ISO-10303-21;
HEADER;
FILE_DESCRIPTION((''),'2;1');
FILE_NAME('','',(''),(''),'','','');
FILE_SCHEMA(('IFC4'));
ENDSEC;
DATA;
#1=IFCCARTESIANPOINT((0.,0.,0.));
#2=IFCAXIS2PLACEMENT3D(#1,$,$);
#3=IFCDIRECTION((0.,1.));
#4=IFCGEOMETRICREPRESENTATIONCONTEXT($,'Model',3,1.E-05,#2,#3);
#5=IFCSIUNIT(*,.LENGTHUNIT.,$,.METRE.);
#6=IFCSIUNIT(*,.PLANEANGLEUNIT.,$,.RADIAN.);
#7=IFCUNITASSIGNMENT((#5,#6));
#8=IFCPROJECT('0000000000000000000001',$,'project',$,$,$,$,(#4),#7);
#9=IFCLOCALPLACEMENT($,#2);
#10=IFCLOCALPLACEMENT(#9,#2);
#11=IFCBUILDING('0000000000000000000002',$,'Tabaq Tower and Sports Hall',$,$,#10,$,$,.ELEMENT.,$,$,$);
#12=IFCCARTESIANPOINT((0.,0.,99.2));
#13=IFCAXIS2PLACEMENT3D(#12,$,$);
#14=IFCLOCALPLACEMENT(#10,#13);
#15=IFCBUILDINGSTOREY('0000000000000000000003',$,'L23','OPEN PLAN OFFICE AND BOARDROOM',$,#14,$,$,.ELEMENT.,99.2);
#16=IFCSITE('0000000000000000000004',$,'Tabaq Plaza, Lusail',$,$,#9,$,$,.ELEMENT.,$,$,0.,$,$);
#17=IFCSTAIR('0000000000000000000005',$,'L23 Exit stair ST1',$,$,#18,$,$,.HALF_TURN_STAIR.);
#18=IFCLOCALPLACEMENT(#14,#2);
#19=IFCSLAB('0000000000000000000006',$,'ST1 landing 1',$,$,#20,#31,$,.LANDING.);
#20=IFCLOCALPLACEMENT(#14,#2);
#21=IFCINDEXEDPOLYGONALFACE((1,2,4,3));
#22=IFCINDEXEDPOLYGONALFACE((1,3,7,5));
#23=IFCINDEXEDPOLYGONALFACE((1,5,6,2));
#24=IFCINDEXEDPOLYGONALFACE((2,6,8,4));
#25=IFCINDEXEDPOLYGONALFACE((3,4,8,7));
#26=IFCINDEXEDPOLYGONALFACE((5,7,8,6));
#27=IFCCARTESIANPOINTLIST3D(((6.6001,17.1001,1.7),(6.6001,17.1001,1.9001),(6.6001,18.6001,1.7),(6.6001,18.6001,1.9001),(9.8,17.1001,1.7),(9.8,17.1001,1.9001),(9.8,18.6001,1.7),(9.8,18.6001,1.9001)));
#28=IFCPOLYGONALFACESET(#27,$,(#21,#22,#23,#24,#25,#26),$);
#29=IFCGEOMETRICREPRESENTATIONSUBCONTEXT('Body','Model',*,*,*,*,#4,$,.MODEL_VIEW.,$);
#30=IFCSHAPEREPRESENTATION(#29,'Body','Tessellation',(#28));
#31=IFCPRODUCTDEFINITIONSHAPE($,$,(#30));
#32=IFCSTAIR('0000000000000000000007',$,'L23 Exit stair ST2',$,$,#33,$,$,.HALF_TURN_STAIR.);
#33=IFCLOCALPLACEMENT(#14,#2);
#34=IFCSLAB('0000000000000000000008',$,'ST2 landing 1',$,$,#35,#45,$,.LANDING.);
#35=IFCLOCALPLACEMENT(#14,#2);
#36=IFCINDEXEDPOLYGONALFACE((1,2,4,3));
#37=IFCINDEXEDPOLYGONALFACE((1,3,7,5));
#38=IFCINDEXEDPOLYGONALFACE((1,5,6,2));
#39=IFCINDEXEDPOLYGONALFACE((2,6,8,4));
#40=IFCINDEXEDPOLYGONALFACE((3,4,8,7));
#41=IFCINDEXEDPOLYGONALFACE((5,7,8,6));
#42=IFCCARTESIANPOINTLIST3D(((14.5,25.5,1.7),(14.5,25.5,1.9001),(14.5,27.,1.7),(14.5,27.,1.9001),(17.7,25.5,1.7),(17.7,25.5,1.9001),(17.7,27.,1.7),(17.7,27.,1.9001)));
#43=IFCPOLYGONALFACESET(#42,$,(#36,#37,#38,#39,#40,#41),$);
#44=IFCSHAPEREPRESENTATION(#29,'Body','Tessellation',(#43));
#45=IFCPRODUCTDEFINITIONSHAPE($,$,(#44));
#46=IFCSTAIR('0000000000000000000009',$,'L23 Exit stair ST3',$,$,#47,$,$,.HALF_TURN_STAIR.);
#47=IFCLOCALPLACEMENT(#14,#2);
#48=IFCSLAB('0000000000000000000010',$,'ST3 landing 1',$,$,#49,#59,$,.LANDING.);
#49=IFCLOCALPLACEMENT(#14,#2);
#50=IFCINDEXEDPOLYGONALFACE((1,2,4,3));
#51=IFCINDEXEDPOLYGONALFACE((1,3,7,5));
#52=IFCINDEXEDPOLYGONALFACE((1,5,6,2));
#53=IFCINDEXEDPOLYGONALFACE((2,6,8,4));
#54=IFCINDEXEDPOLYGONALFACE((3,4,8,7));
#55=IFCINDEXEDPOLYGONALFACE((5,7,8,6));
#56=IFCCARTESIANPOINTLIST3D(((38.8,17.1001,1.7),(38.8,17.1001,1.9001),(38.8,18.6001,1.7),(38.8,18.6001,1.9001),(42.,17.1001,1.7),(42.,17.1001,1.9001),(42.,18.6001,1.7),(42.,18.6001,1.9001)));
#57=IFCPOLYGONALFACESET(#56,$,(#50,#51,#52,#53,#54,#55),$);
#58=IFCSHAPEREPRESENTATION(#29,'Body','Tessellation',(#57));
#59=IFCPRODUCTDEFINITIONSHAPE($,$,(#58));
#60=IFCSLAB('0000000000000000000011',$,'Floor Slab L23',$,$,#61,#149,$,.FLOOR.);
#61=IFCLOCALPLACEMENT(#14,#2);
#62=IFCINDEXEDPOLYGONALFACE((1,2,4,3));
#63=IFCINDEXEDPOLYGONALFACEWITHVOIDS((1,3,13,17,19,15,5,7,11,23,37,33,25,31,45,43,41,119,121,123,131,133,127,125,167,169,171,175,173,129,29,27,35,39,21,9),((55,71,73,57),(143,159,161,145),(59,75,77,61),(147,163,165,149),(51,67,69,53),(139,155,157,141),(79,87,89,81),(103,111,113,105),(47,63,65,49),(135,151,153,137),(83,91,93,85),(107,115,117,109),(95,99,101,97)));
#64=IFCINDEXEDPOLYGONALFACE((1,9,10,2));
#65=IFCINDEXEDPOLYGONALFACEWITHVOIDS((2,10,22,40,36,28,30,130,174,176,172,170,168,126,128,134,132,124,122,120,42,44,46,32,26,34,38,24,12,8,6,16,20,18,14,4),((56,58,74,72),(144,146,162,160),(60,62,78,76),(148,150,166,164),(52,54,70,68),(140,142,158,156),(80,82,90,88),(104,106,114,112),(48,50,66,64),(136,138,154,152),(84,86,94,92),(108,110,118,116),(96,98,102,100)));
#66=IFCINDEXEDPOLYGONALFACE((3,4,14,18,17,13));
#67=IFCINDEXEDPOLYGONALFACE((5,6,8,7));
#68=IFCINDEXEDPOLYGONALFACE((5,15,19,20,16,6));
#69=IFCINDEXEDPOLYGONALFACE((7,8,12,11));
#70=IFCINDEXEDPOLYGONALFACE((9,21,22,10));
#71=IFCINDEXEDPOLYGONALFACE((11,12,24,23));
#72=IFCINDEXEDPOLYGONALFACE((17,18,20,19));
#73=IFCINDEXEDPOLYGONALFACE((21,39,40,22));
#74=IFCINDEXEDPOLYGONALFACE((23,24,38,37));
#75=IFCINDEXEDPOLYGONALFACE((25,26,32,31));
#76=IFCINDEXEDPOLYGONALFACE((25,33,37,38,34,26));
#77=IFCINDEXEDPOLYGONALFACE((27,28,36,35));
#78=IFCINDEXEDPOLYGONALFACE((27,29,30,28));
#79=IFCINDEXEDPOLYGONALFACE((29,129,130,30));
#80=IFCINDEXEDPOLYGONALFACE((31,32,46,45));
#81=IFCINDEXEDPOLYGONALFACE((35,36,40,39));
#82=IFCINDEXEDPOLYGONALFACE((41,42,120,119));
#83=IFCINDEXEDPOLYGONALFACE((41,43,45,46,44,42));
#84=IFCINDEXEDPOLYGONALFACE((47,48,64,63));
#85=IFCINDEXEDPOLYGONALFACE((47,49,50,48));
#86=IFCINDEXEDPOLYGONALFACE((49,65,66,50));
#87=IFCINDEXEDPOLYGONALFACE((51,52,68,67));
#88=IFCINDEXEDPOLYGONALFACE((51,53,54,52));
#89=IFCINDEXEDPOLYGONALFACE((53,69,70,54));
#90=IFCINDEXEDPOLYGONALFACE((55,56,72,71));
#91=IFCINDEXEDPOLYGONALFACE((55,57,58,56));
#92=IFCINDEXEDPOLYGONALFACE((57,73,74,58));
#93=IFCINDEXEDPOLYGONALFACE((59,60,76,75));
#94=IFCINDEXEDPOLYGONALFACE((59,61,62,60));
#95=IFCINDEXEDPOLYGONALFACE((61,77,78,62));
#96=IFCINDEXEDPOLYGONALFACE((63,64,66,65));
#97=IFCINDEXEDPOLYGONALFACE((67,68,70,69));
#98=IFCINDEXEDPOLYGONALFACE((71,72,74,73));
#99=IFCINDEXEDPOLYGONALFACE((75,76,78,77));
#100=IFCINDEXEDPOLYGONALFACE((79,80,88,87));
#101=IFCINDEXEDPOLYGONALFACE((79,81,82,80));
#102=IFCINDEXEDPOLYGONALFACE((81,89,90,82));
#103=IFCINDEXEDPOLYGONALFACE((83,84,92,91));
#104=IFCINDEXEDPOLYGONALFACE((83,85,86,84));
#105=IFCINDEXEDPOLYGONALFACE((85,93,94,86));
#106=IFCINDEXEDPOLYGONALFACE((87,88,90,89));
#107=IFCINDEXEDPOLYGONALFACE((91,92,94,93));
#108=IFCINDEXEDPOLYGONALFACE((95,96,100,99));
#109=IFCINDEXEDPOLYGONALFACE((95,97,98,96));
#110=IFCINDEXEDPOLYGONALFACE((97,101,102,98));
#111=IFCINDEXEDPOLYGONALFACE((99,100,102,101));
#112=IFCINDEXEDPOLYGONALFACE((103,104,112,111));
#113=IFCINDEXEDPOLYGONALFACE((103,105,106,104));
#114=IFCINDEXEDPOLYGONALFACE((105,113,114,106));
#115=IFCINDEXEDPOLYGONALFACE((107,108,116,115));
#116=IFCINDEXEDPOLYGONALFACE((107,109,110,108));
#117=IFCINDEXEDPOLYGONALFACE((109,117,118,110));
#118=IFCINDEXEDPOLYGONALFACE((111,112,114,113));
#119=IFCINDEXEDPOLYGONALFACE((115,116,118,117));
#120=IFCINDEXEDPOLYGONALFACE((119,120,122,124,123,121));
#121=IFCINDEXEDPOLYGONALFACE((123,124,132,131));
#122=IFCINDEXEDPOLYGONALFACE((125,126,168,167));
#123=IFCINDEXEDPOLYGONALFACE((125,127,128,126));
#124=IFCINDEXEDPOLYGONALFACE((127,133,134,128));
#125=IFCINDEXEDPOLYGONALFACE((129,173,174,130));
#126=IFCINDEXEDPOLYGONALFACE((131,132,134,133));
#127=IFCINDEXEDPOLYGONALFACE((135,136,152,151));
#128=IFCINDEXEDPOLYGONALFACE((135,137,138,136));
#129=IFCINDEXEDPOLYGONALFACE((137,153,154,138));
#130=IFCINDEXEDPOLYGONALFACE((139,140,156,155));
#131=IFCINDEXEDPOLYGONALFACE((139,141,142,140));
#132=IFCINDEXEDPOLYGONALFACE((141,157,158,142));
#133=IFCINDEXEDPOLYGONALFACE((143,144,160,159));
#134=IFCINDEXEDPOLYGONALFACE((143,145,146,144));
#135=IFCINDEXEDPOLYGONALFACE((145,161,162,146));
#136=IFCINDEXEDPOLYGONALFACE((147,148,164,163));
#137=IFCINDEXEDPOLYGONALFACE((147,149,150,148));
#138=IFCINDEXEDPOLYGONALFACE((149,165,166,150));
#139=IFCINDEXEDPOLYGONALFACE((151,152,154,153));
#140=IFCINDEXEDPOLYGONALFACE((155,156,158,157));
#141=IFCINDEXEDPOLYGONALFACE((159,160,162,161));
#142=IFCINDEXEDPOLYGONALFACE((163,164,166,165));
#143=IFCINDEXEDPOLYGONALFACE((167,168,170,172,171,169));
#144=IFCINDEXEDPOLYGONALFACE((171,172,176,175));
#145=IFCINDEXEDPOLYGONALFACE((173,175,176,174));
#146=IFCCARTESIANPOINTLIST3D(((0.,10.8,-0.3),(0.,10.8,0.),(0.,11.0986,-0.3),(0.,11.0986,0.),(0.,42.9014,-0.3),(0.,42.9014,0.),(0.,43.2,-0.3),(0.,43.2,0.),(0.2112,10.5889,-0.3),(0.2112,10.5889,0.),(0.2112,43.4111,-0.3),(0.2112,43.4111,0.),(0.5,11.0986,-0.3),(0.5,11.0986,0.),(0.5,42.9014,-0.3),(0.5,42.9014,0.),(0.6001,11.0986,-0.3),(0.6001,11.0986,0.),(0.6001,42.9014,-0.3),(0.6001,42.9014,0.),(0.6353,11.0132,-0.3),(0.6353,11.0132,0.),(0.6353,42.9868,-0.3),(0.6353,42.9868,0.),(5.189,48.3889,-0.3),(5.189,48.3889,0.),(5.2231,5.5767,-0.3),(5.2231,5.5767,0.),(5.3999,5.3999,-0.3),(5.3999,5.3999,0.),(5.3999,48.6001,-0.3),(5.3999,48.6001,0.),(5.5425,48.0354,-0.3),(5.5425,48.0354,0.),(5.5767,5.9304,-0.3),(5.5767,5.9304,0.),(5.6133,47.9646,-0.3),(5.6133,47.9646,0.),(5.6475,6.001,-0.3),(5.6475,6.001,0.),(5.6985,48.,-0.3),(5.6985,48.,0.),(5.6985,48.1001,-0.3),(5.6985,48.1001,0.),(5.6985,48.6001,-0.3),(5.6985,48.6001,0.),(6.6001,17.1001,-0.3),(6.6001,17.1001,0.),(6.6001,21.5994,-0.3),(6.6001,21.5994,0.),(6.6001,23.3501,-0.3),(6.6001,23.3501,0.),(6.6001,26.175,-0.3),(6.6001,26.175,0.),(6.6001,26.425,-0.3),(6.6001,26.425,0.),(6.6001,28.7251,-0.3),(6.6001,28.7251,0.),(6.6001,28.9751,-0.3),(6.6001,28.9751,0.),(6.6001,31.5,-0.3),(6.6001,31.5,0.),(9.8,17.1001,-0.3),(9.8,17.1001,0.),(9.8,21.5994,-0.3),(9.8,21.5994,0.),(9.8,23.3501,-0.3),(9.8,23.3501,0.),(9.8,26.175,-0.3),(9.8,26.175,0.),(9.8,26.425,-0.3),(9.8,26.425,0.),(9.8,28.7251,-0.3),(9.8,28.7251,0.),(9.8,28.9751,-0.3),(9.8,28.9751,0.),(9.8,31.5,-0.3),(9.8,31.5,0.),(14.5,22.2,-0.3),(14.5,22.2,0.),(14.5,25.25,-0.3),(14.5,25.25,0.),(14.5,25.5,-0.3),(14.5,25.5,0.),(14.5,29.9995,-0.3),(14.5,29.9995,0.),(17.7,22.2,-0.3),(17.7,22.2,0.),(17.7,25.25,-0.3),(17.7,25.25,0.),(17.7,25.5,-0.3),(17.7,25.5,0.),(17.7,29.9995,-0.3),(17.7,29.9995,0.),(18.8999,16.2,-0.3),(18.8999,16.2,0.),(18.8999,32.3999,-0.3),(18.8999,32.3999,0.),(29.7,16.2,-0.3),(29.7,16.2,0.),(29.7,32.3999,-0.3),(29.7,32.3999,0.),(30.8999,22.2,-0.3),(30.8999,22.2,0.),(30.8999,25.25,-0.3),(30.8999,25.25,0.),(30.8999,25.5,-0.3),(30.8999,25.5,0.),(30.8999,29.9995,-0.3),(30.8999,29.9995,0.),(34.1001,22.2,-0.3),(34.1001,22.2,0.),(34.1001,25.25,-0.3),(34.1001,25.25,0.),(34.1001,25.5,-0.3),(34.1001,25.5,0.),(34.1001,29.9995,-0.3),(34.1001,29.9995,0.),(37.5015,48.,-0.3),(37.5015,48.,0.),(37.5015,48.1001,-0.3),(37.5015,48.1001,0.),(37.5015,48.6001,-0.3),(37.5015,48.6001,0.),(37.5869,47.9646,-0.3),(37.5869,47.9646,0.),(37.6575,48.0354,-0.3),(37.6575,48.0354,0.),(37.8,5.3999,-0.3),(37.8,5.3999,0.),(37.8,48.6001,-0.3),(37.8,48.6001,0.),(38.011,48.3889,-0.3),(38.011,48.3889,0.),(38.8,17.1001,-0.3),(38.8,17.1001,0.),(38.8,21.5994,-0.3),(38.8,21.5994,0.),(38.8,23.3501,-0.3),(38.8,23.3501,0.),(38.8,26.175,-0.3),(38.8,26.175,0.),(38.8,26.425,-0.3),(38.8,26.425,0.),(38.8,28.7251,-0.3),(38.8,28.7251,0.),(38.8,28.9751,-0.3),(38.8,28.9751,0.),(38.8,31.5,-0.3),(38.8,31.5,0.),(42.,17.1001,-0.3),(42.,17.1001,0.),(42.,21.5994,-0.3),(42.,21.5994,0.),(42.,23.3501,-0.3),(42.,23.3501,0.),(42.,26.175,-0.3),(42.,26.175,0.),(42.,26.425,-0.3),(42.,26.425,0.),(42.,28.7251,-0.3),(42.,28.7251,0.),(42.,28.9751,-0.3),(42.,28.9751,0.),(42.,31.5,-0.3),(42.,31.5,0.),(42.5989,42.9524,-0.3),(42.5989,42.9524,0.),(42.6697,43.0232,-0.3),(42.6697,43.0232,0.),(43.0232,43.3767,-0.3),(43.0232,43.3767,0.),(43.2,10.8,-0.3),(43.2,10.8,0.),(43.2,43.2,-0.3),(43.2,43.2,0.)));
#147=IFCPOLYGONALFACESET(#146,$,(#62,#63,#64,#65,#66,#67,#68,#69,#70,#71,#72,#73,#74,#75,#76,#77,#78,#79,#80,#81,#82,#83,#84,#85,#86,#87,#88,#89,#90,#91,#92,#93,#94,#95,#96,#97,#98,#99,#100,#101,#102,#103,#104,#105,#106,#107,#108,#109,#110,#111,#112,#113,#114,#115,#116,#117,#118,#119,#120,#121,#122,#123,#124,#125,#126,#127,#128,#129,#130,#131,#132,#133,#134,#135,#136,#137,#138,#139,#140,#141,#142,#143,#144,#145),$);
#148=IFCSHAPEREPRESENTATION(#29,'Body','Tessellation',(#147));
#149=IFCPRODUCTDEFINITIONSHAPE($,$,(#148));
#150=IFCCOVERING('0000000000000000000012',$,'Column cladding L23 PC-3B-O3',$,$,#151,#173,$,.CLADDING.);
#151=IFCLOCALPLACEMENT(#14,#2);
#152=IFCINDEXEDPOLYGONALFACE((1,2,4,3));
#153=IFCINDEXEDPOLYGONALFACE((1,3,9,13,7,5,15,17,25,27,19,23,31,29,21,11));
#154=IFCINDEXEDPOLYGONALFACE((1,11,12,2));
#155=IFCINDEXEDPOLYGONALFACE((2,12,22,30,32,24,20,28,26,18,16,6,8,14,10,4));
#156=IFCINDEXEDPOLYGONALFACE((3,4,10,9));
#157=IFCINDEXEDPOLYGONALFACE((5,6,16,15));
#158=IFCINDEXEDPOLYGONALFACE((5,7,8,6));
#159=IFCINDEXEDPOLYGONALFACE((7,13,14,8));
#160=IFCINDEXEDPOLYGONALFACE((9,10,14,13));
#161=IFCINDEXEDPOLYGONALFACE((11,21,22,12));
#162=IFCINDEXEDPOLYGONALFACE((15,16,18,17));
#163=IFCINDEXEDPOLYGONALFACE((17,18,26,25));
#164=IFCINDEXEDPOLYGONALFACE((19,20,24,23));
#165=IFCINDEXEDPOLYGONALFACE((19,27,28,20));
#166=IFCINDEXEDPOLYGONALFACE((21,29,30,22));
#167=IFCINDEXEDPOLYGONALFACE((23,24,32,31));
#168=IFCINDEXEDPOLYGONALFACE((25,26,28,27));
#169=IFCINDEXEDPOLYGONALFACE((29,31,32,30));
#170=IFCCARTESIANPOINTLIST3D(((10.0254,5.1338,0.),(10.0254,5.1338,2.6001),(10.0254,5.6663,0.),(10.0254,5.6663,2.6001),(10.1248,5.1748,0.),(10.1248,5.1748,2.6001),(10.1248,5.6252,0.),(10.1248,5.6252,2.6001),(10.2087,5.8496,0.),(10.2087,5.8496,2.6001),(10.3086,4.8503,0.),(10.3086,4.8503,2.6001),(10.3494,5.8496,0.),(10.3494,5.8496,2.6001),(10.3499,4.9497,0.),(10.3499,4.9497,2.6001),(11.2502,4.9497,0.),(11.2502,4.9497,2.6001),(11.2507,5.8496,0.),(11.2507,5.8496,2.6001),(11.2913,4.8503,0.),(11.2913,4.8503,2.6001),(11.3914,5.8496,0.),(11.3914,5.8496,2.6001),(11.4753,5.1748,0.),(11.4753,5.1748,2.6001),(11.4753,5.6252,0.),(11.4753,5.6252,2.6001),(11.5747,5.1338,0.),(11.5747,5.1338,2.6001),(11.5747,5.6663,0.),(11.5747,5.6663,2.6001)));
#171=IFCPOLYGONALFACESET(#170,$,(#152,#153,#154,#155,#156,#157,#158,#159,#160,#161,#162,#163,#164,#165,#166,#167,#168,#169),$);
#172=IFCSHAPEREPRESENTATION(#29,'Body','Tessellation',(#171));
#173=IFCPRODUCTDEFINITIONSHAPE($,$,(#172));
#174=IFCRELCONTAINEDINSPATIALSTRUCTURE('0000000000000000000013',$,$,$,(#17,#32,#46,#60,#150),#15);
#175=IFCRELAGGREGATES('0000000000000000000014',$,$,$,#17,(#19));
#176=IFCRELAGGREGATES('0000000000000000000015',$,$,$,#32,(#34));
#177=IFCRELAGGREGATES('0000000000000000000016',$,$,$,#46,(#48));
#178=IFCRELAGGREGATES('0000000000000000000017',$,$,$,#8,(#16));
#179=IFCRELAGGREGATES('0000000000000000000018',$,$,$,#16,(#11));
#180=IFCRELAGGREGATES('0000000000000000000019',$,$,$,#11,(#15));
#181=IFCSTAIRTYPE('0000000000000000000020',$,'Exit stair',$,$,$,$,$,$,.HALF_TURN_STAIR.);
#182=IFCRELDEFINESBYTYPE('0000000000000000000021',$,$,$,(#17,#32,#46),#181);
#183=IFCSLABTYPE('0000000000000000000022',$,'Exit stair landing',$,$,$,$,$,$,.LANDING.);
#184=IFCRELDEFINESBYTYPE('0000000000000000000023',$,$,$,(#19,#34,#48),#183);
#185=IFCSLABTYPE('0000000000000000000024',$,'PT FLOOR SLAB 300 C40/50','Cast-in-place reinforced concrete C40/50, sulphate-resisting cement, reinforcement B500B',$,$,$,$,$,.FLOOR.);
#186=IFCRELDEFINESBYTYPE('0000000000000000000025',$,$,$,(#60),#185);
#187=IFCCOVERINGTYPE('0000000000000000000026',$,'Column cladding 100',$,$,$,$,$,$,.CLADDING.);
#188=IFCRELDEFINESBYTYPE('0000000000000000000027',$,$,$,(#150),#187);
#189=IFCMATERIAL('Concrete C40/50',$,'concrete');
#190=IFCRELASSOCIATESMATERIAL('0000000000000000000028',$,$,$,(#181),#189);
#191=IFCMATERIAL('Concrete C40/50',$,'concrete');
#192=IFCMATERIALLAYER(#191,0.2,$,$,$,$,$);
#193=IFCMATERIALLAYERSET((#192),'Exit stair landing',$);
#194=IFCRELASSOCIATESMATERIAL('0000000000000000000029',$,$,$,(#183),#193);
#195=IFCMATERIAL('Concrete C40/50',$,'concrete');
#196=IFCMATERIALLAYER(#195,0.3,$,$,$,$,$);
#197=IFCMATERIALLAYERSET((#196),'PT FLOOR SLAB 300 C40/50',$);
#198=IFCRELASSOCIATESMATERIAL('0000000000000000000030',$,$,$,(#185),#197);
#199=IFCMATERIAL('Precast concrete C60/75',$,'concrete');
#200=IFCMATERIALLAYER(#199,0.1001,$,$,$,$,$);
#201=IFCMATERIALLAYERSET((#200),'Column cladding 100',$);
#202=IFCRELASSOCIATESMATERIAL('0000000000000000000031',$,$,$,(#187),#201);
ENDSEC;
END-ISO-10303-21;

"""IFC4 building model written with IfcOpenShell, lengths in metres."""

from ifc_helpers import new_model, si_unit, direction, frame, origin, place, context, subcontext, project, spatial, polyline, outline, extrude, material, layer, layer_set, type_object, element, aggregate, save


model = new_model("IFC4")

# Units and contexts
model_context = context("Model", 3, precision=1e-05, world=origin(), true_north=direction((0.0, 1.0)))
body_context = subcontext(model_context, "Body", "Model", "MODEL_VIEW")
ifc_project = project(units=[si_unit("LENGTHUNIT", "METRE"), si_unit("PLANEANGLEUNIT", "RADIAN")], contexts=[model_context])

# Site, building, storey
site_placement = place(None, origin())
site = spatial("IfcSite", under=ifc_project, at=site_placement, Name="Tabaq Plaza, Lusail", CompositionType="ELEMENT", RefElevation=0.0)
building_placement = place(site_placement, origin())
building = spatial("IfcBuilding", under=site, at=building_placement, Name="Tabaq Tower and Sports Hall", CompositionType="ELEMENT")
storey_placement = place(building_placement, frame((0.0, 0.0, 99.2)))
storey = spatial("IfcBuildingStorey", under=building, at=storey_placement, Name="L23", Description="OPEN PLAN OFFICE AND BOARDROOM", CompositionType="ELEMENT", Elevation=99.2)

# Stairs, slabs
ifc_material_1 = material(Name="Concrete C40/50", Category="concrete")
stair_type = type_object("IfcStairType", Name="Exit stair", PredefinedType="HALF_TURN_STAIR", material=ifc_material_1)
stair_1_placement = place(storey_placement, origin())
stair_1 = element("IfcStair", 1, at=stair_1_placement, inside=storey, type_object=stair_type, Name="L23 Exit stair ST1", PredefinedType="HALF_TURN_STAIR")
ifc_material_2 = material(Name="Concrete C40/50", Category="concrete")
ifc_layer_1 = layer(ifc_material_2, 0.2)
ifc_layer_set_1 = layer_set([ifc_layer_1], Name="Exit stair landing")
slab_type_1 = type_object("IfcSlabType", Name="Exit stair landing", PredefinedType="LANDING", material=ifc_layer_set_1)
slab_1_placement = place(storey_placement, frame((0.0, 0.0, 1.7)))
slab_1 = element("IfcSlab", 2, at=slab_1_placement, type_object=slab_type_1, Name="ST1 landing 1", PredefinedType="LANDING", context=body_context, shape_type="SweptSolid", body=[
    extrude(outline(polyline([(6.6001, 18.6001), (6.6001, 17.1001), (9.8, 17.1001), (9.8, 18.6001), (6.6001, 18.6001)])), origin(), (0.0, 0.0, 1.0), 0.2002),
])
aggregate(stair_1, [slab_1])
stair_2_placement = place(storey_placement, origin())
stair_2 = element("IfcStair", 3, at=stair_2_placement, inside=storey, type_object=stair_type, Name="L23 Exit stair ST2", PredefinedType="HALF_TURN_STAIR")
slab_2_placement = place(storey_placement, frame((0.0, 0.0, 1.7)))
slab_2 = element("IfcSlab", 4, at=slab_2_placement, type_object=slab_type_1, Name="ST2 landing 1", PredefinedType="LANDING", context=body_context, shape_type="SweptSolid", body=[
    extrude(outline(polyline([(14.5, 27.0), (14.5, 25.5), (17.7, 25.5), (17.7, 27.0), (14.5, 27.0)])), origin(), (0.0, 0.0, 1.0), 0.2002),
])
aggregate(stair_2, [slab_2])
stair_3_placement = place(storey_placement, origin())
stair_3 = element("IfcStair", 5, at=stair_3_placement, inside=storey, type_object=stair_type, Name="L23 Exit stair ST3", PredefinedType="HALF_TURN_STAIR")
slab_3_placement = place(storey_placement, frame((0.0, 0.0, 1.7)))
slab_3 = element("IfcSlab", 6, at=slab_3_placement, type_object=slab_type_1, Name="ST3 landing 1", PredefinedType="LANDING", context=body_context, shape_type="SweptSolid", body=[
    extrude(outline(polyline([(38.8, 18.6001), (38.8, 17.1001), (42.0, 17.1001), (42.0, 18.6001), (38.8, 18.6001)])), origin(), (0.0, 0.0, 1.0), 0.2002),
])
aggregate(stair_3, [slab_3])

# Slab
ifc_material_3 = material(Name="Concrete C40/50", Category="concrete")
ifc_layer_2 = layer(ifc_material_3, 0.3)
ifc_layer_set_2 = layer_set([ifc_layer_2], Name="PT FLOOR SLAB 300 C40/50")
slab_type_2 = type_object("IfcSlabType", Name="PT FLOOR SLAB 300 C40/50", Description="Cast-in-place reinforced concrete C40/50, sulphate-resisting cement, reinforcement B500B", PredefinedType="FLOOR", material=ifc_layer_set_2)
slab_4_placement = place(storey_placement, frame((0.0, 0.0, -0.3)))
element("IfcSlab", 7, at=slab_4_placement, inside=storey, type_object=slab_type_2, Name="Floor Slab L23", PredefinedType="FLOOR", context=body_context, shape_type="SweptSolid", body=[
    extrude(outline(polyline([(0.0, 11.0986), (0.0, 10.8), (0.2112, 10.5889), (0.6353, 11.0132), (5.6475, 6.001), (5.5767, 5.9304), (5.2231, 5.5767), (5.3999, 5.3999), (37.8, 5.3999), (43.2, 10.8), (43.2, 43.2), (43.0232, 43.3767), (42.6697, 43.0232), (42.5989, 42.9524), (37.5869, 47.9646), (37.6575, 48.0354), (38.011, 48.3889), (37.8, 48.6001), (37.5015, 48.6001), (37.5015, 48.1001), (37.5015, 48.0), (5.6985, 48.0), (5.6985, 48.1001), (5.6985, 48.6001), (5.3999, 48.6001), (5.189, 48.3889), (5.5425, 48.0354), (5.6133, 47.9646), (0.6353, 42.9868), (0.2112, 43.4111), (0.0, 43.2), (0.0, 42.9014), (0.5, 42.9014), (0.6001, 42.9014), (0.6001, 11.0986), (0.5, 11.0986), (0.0, 11.0986)]), holes=[polyline([(6.6001, 21.5994), (9.8, 21.5994), (9.8, 17.1001), (6.6001, 17.1001), (6.6001, 21.5994)]), polyline([(17.7, 25.25), (17.7, 22.2), (14.5, 22.2), (14.5, 25.25), (17.7, 25.25)]), polyline([(18.8999, 32.3999), (29.7, 32.3999), (29.7, 16.2), (18.8999, 16.2), (18.8999, 32.3999)]), polyline([(6.6001, 26.175), (9.8, 26.175), (9.8, 23.3501), (6.6001, 23.3501), (6.6001, 26.175)]), polyline([(9.8, 28.7251), (9.8, 26.425), (6.6001, 26.425), (6.6001, 28.7251), (9.8, 28.7251)]), polyline([(17.7, 29.9995), (17.7, 25.5), (14.5, 25.5), (14.5, 29.9995), (17.7, 29.9995)]), polyline([(6.6001, 31.5), (9.8, 31.5), (9.8, 28.9751), (6.6001, 28.9751), (6.6001, 31.5)]), polyline([(42.0, 21.5994), (42.0, 17.1001), (38.8, 17.1001), (38.8, 21.5994), (42.0, 21.5994)]), polyline([(34.1001, 25.25), (34.1001, 22.2), (30.8999, 22.2), (30.8999, 25.25), (34.1001, 25.25)]), polyline([(42.0, 26.175), (42.0, 23.3501), (38.8, 23.3501), (38.8, 26.175), (42.0, 26.175)]), polyline([(42.0, 28.7251), (42.0, 26.425), (38.8, 26.425), (38.8, 28.7251), (42.0, 28.7251)]), polyline([(34.1001, 29.9995), (34.1001, 25.5), (30.8999, 25.5), (30.8999, 29.9995), (34.1001, 29.9995)]), polyline([(42.0, 31.5), (42.0, 28.9751), (38.8, 28.9751), (38.8, 31.5), (42.0, 31.5)])]), origin(), (0.0, 0.0, 1.0), 0.3),
])

# Covering
ifc_material_4 = material(Name="Precast concrete C60/75", Category="concrete")
ifc_layer_3 = layer(ifc_material_4, 0.1001)
ifc_layer_set_3 = layer_set([ifc_layer_3], Name="Column cladding 100")
covering_type = type_object("IfcCoveringType", Name="Column cladding 100", PredefinedType="CLADDING", material=ifc_layer_set_3)
covering_1_placement = place(storey_placement, origin())
element("IfcCovering", 8, at=covering_1_placement, inside=storey, type_object=covering_type, Name="Column cladding L23 PC-3B-O3", PredefinedType="CLADDING", context=body_context, shape_type="SweptSolid", body=[
    extrude(outline(polyline([(10.0254, 5.6663), (10.2087, 5.8496), (10.3494, 5.8496), (10.1248, 5.6252), (10.1248, 5.1748), (10.3499, 4.9497), (11.2502, 4.9497), (11.4753, 5.1748), (11.4753, 5.6252), (11.2507, 5.8496), (11.3914, 5.8496), (11.5747, 5.6663), (11.5747, 5.1338), (11.2913, 4.8503), (10.3086, 4.8503), (10.0254, 5.1338), (10.0254, 5.6663)])), origin(), (0.0, 0.0, 1.0), 2.6001),
])

save(model, "model.ifc")
